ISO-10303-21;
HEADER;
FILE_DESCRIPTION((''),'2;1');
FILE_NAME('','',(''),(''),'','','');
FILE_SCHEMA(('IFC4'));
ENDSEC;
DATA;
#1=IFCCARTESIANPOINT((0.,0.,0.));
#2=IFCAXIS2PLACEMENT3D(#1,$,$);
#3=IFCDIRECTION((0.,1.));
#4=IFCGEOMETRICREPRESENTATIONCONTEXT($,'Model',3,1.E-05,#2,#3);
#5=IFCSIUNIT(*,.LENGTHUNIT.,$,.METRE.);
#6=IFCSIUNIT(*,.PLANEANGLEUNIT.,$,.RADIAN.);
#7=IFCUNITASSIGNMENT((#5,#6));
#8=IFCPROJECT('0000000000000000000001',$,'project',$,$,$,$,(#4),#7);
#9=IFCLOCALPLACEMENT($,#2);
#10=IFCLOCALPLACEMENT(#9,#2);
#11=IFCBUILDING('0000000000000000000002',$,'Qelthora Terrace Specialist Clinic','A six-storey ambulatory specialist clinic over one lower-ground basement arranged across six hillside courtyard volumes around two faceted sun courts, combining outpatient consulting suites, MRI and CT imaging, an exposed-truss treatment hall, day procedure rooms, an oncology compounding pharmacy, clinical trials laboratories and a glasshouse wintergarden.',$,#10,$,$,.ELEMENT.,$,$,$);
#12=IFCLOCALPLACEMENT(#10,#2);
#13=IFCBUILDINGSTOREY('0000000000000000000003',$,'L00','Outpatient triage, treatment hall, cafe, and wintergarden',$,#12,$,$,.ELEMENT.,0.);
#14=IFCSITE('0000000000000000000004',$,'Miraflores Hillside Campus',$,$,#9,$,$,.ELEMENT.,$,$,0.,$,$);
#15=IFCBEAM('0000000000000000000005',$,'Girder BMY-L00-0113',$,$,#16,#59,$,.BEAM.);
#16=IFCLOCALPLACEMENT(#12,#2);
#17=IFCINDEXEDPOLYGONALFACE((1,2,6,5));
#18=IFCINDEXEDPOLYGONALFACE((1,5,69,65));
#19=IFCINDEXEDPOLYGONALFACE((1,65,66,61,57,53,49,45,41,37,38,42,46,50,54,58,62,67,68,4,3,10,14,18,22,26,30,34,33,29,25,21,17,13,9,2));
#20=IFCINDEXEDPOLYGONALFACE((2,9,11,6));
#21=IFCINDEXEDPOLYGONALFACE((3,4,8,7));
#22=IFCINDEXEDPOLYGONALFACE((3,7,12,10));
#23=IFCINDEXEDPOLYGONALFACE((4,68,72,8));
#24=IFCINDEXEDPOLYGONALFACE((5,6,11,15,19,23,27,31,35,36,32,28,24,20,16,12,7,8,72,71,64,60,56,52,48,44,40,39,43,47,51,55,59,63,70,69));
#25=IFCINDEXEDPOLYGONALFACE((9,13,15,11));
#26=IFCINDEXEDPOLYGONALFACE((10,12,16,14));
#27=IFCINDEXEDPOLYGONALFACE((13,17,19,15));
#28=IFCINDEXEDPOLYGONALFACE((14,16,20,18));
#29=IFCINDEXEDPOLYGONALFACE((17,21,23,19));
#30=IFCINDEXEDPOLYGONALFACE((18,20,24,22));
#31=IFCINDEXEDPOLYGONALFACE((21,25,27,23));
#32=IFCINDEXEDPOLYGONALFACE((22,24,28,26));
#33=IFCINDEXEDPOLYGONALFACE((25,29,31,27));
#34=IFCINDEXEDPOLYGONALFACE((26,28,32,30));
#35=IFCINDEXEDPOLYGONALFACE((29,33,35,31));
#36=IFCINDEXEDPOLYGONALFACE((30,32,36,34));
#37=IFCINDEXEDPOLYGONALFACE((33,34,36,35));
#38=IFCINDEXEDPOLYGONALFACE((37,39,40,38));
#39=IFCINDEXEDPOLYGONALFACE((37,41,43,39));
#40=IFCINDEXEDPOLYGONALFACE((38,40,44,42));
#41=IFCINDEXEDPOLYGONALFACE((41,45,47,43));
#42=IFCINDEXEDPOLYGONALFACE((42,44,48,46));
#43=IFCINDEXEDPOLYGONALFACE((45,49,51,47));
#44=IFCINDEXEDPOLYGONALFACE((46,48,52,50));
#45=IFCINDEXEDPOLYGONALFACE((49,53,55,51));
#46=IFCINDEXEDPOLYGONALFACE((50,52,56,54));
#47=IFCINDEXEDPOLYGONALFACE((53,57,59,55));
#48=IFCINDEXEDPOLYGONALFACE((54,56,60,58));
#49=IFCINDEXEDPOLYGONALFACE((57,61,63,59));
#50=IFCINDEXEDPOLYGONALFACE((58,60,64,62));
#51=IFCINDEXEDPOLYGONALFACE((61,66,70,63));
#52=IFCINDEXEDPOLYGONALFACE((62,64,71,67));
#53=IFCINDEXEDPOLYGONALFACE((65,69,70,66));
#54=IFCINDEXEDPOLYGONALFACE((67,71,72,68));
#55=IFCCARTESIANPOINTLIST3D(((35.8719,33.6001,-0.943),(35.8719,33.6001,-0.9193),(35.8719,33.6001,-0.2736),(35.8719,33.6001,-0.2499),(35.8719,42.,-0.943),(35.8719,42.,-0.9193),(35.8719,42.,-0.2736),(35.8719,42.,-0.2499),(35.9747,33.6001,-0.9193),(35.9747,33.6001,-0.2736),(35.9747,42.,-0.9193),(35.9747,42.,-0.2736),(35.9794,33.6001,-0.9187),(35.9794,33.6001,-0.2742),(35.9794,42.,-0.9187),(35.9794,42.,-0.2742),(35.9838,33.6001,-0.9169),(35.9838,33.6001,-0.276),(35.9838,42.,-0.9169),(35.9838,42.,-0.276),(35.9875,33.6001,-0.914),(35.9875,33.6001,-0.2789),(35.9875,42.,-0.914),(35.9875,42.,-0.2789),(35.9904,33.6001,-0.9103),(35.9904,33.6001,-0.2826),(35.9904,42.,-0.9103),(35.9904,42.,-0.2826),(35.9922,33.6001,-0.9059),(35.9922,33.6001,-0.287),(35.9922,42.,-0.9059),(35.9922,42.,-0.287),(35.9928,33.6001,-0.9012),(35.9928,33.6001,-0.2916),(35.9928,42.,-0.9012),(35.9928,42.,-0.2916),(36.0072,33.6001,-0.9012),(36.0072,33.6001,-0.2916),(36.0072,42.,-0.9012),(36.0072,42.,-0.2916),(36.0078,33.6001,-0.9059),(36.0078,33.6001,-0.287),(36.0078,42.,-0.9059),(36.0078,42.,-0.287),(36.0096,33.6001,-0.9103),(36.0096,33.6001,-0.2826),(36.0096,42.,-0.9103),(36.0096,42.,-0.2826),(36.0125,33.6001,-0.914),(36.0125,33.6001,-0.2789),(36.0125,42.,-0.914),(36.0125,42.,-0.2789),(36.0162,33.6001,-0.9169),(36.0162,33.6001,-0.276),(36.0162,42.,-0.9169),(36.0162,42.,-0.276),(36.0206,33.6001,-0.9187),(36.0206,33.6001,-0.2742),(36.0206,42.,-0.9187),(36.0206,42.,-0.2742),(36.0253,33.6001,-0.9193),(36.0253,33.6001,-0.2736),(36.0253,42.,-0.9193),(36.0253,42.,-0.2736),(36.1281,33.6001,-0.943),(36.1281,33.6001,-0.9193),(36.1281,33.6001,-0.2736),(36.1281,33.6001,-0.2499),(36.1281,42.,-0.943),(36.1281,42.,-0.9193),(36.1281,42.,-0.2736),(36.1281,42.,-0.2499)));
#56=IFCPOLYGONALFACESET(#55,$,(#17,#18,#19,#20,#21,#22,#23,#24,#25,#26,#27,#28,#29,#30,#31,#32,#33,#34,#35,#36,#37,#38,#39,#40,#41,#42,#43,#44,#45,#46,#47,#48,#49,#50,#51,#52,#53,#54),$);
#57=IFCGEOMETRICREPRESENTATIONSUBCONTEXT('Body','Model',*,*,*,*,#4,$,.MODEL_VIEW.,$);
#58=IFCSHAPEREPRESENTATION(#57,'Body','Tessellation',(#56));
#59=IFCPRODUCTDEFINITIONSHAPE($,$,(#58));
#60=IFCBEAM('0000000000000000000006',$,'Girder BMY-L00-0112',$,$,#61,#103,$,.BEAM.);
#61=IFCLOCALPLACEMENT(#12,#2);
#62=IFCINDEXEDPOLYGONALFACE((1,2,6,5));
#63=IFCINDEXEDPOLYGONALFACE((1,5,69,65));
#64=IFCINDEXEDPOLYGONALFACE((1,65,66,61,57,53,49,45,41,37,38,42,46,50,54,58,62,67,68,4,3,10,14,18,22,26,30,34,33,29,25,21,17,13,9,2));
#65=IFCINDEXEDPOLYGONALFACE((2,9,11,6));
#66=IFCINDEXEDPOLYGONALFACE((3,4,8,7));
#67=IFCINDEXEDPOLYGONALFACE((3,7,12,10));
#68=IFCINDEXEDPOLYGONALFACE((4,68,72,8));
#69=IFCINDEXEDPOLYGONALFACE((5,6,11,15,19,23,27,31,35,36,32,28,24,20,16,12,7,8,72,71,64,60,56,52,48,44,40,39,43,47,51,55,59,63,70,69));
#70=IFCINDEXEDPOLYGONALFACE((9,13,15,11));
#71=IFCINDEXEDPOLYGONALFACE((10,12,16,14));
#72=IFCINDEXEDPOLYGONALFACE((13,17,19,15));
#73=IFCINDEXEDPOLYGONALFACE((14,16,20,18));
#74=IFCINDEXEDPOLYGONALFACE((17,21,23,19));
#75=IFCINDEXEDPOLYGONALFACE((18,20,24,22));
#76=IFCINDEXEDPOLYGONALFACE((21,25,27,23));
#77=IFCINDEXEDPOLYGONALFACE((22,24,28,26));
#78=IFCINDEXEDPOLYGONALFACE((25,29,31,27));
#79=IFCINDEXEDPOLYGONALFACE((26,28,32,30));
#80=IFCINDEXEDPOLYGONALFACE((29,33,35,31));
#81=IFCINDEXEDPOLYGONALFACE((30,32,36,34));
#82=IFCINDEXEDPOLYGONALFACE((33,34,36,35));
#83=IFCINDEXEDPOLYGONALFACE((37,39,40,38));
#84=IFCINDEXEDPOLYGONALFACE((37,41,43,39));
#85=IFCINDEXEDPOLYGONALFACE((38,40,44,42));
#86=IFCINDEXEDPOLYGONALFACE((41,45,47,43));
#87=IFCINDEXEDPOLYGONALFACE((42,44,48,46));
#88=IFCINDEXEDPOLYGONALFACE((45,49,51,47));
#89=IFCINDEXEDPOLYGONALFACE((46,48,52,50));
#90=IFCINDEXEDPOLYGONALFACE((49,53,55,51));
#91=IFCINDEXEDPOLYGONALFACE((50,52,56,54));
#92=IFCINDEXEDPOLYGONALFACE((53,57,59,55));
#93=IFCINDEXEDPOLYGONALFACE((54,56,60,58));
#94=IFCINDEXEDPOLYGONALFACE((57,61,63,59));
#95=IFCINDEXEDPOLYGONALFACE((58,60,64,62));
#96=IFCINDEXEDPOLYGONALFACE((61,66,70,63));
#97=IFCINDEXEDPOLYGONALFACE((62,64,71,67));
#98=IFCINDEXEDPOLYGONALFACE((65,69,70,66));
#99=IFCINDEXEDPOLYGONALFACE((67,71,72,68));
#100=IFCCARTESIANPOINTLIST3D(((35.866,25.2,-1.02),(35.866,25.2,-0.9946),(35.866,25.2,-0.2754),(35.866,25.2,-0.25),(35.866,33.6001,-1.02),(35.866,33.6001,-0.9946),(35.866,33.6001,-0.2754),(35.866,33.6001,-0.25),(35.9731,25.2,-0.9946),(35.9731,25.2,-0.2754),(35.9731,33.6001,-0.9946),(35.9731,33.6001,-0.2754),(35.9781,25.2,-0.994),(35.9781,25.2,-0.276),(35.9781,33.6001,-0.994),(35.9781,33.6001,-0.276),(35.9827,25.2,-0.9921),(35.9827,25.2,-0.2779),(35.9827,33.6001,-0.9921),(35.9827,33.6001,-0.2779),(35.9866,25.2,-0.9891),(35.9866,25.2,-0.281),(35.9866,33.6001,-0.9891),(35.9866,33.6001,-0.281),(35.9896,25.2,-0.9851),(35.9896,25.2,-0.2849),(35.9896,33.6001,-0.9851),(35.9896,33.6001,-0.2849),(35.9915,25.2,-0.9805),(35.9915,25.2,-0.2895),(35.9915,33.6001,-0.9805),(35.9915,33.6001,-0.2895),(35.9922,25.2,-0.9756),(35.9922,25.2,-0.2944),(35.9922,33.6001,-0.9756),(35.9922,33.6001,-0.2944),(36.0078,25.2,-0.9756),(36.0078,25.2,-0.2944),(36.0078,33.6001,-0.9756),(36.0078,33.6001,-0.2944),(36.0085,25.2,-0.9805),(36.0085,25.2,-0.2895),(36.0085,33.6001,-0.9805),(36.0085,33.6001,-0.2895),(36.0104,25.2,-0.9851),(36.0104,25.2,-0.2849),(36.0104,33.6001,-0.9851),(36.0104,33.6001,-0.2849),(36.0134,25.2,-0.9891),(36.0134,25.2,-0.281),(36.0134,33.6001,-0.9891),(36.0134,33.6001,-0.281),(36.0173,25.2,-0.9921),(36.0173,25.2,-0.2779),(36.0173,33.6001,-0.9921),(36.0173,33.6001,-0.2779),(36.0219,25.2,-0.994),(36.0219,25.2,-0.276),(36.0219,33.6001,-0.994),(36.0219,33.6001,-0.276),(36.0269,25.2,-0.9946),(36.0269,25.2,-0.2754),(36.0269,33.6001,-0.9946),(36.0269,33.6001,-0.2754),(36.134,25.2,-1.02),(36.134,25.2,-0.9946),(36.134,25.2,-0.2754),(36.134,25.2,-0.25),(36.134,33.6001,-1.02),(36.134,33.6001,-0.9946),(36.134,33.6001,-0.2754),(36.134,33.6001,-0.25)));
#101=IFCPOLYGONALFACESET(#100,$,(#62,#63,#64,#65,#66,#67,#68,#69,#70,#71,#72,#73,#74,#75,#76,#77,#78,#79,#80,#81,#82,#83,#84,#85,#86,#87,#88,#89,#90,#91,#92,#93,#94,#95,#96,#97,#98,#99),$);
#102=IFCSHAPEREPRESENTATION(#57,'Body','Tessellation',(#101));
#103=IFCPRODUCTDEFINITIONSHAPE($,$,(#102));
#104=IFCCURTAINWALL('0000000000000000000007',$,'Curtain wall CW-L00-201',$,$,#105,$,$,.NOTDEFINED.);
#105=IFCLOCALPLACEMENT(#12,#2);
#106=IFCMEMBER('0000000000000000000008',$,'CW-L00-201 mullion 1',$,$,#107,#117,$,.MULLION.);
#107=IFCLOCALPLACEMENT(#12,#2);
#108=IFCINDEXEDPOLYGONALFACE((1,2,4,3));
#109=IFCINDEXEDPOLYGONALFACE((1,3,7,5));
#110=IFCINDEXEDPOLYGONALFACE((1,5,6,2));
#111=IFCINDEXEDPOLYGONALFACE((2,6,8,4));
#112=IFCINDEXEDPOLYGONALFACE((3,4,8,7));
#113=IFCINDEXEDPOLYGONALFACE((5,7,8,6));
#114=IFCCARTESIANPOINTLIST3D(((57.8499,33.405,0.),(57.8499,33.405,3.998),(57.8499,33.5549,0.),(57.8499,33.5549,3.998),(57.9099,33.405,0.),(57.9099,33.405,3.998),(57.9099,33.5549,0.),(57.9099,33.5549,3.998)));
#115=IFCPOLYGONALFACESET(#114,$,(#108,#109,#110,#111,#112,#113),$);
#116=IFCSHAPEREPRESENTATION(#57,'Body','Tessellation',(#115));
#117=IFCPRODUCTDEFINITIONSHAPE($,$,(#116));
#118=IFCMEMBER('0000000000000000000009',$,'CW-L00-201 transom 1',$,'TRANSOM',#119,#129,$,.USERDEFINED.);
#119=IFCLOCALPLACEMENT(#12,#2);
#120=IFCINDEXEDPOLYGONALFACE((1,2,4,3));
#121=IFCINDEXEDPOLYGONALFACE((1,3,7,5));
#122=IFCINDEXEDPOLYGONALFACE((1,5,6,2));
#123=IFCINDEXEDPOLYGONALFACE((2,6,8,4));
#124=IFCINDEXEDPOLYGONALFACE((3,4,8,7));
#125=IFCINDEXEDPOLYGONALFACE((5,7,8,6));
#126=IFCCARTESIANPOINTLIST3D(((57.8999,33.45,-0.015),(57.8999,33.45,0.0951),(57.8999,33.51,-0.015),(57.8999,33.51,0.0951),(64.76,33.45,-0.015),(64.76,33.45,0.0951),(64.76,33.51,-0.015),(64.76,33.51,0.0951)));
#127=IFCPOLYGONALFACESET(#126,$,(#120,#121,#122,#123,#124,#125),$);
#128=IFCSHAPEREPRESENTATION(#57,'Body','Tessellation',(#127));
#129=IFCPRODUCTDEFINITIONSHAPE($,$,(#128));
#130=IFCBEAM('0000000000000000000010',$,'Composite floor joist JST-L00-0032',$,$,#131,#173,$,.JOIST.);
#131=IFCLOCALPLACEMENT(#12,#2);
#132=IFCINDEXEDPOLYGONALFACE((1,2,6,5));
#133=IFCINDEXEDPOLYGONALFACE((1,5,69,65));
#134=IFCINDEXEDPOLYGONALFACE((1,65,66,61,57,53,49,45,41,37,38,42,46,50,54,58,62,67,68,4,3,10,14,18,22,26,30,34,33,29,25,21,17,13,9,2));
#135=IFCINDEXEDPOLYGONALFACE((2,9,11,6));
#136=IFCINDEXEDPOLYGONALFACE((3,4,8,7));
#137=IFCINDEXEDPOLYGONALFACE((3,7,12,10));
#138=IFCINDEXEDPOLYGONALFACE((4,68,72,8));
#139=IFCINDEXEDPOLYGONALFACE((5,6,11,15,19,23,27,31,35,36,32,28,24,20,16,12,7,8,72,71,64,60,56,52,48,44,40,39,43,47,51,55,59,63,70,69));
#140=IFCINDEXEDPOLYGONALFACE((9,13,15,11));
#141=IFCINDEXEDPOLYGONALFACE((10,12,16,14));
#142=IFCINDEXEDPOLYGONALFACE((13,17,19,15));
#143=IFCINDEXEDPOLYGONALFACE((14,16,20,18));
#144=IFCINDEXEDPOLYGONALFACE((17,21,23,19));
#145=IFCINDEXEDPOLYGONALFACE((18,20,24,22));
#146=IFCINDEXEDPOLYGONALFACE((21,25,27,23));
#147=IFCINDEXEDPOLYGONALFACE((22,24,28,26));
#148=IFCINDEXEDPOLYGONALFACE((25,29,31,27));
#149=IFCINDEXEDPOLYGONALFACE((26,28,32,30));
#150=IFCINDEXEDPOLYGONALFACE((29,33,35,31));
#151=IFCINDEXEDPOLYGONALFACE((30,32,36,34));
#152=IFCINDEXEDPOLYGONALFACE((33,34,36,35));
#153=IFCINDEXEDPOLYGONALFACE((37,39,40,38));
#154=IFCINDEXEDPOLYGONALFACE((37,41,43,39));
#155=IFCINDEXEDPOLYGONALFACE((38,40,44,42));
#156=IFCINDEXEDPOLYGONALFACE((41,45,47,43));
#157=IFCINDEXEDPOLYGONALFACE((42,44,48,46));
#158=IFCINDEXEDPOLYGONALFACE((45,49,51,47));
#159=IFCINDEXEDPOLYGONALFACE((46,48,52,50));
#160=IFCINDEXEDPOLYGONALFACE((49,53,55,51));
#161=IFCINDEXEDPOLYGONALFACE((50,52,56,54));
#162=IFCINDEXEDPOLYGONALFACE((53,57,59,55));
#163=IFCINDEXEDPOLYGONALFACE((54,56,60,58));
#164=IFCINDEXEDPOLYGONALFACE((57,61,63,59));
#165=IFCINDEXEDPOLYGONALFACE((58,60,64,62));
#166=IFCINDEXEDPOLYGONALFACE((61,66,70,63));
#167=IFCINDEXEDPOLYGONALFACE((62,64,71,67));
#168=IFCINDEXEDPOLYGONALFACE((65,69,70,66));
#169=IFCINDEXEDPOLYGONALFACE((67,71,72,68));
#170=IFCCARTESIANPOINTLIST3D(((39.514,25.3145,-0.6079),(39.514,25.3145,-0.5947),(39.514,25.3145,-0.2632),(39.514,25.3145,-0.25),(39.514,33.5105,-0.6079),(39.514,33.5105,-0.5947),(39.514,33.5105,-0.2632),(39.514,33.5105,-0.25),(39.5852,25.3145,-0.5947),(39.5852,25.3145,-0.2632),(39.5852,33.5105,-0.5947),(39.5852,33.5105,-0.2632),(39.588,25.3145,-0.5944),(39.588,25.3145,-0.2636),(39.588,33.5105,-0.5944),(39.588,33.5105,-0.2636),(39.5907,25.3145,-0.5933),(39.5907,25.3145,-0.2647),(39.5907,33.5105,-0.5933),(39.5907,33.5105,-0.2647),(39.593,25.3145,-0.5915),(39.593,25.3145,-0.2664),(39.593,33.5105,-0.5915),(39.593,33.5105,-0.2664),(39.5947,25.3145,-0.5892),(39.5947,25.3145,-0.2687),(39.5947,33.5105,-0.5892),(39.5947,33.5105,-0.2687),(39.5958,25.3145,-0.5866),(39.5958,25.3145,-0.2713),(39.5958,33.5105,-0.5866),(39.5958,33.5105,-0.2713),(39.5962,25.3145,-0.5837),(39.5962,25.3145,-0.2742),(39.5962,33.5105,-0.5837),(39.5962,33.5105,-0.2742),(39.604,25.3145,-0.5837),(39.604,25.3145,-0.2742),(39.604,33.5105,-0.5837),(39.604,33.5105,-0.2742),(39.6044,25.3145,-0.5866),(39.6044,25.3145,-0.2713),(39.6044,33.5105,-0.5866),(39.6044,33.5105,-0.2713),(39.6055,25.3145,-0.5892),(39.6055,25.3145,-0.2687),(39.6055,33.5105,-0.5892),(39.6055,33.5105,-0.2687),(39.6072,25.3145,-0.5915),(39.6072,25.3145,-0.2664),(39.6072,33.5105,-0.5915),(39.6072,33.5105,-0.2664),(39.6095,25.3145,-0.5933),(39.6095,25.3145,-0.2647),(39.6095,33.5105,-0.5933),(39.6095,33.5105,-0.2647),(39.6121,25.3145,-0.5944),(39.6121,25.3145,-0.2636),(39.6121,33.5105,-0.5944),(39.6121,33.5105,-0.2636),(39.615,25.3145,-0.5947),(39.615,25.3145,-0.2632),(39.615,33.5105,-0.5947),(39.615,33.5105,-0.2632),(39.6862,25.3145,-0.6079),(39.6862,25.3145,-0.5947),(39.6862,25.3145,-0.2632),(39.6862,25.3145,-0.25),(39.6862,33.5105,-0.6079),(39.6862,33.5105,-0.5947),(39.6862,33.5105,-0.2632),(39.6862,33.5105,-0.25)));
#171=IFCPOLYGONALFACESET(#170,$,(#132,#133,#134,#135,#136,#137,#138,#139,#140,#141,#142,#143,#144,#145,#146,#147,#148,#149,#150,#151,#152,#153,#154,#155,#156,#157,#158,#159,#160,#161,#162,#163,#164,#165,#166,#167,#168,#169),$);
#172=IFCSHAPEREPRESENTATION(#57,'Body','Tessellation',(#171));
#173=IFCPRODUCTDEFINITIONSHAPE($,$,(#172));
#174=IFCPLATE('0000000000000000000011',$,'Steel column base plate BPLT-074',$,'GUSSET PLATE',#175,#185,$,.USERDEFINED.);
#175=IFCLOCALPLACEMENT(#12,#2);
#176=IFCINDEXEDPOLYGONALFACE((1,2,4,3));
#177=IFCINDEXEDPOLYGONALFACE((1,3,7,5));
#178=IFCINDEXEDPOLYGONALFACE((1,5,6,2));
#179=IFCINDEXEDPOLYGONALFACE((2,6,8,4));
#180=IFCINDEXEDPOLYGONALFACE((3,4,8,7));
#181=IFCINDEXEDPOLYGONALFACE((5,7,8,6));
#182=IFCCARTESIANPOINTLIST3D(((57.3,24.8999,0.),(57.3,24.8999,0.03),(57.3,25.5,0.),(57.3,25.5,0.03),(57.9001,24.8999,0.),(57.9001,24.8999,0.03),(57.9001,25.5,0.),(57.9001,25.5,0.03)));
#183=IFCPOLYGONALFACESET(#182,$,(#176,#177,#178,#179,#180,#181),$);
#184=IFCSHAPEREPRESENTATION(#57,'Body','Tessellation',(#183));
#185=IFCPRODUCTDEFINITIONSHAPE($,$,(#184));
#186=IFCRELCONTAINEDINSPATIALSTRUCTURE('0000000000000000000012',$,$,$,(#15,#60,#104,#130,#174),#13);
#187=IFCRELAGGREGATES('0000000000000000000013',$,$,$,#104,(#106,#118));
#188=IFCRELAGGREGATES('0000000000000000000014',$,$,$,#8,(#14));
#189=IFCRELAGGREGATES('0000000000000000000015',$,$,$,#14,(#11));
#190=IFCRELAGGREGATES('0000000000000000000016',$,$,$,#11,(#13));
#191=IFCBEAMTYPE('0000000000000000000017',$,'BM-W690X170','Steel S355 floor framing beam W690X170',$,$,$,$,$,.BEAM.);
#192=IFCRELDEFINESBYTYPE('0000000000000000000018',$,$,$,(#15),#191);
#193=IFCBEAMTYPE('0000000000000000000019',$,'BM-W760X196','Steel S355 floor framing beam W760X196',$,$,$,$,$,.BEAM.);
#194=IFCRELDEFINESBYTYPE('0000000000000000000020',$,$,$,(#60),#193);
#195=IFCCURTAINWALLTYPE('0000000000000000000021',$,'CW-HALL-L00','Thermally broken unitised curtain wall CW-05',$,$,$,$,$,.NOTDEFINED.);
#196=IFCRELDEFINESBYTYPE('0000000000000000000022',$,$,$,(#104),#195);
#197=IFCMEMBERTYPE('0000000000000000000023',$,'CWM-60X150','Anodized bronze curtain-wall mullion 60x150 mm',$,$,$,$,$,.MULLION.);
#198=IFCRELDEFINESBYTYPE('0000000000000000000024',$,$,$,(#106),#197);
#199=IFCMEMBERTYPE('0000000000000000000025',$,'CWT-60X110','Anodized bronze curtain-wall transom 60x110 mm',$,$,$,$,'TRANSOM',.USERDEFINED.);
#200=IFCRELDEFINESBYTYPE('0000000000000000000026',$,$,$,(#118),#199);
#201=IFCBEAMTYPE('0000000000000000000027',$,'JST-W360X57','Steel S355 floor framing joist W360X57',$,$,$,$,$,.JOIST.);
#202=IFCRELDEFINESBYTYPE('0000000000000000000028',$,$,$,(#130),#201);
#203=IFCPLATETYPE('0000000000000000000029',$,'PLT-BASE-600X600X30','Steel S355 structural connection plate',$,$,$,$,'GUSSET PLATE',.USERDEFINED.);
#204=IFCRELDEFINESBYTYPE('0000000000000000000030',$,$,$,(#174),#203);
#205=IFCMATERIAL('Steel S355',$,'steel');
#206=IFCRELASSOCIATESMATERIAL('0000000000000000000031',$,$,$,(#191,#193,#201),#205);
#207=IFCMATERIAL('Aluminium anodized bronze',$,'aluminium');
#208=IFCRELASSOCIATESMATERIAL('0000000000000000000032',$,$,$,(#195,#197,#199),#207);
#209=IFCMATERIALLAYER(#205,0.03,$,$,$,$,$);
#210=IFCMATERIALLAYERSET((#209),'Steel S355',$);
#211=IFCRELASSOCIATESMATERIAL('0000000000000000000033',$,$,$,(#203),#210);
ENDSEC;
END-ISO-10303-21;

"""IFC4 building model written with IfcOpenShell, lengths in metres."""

from ifc_helpers import new_model, si_unit, direction, frame, origin, origin_2d, place, context, subcontext, project, spatial, rectangle, i_section, extrude, material, layer, layer_set, material_profile, profile_set, type_object, element, aggregate, save


model = new_model("IFC4")

# Units and contexts
model_context = context("Model", 3, precision=1e-05, world=origin(), true_north=direction((0.0, 1.0)))
body_context = subcontext(model_context, "Body", "Model", "MODEL_VIEW")
ifc_project = project(units=[si_unit("LENGTHUNIT", "METRE"), si_unit("PLANEANGLEUNIT", "RADIAN")], contexts=[model_context])

# Site, building, storey
site_placement = place(None, origin())
site = spatial("IfcSite", under=ifc_project, at=site_placement, Name="Miraflores Hillside Campus", CompositionType="ELEMENT", RefElevation=0.0)
building_placement = place(site_placement, origin())
building = spatial("IfcBuilding", under=site, at=building_placement, Name="Qelthora Terrace Specialist Clinic", Description="A six-storey ambulatory specialist clinic over one lower-ground basement arranged across six hillside courtyard volumes around two faceted sun courts, combining outpatient consulting suites, MRI and CT imaging, an exposed-truss treatment hall, day procedure rooms, an oncology compounding pharmacy, clinical trials laboratories and a glasshouse wintergarden.", CompositionType="ELEMENT")
storey_placement = place(building_placement, origin())
storey = spatial("IfcBuildingStorey", under=building, at=storey_placement, Name="L00", Description="Outpatient triage, treatment hall, cafe, and wintergarden", CompositionType="ELEMENT", Elevation=0.0)

# Shared definitions
ifc_material_1 = material(Name="Steel S355", Category="steel")

# Beams
ifc_material_profile_1 = material_profile(ifc_material_1, i_section(OverallWidth=0.2561, OverallDepth=0.6931, WebThickness=0.0144, FlangeThickness=0.0237, FilletRadius=0.0181, at=origin_2d()), Name="W690X170")
ifc_profile_set_1 = profile_set([ifc_material_profile_1], Name="Steel S355")
beam_type_1 = type_object("IfcBeamType", Name="BM-W690X170", Description="Steel S355 floor framing beam W690X170", PredefinedType="BEAM", material=ifc_profile_set_1)
beam_1_placement = place(storey_placement, frame((36.0, 33.6001, -0.5964), z_axis=(0.0, 1.0, 0.0), x_axis=(-1.0, 0.0, 0.0)))
element("IfcBeam", 1, at=beam_1_placement, inside=storey, type_object=beam_type_1, Name="Girder BMY-L00-0113", PredefinedType="BEAM", context=body_context, shape_type="SweptSolid", body=[
    extrude(i_section(OverallWidth=0.2561, OverallDepth=0.6931, WebThickness=0.0144, FlangeThickness=0.0237, FilletRadius=0.0181, at=origin_2d()), origin(), (0.0, 0.0, 1.0), 8.3999),
])
ifc_material_profile_2 = material_profile(ifc_material_1, i_section(OverallWidth=0.2681, OverallDepth=0.77, WebThickness=0.0156, FlangeThickness=0.0254, FilletRadius=0.019, at=origin_2d()), Name="W760X196")
ifc_profile_set_2 = profile_set([ifc_material_profile_2], Name="Steel S355")
beam_type_2 = type_object("IfcBeamType", Name="BM-W760X196", Description="Steel S355 floor framing beam W760X196", PredefinedType="BEAM", material=ifc_profile_set_2)
beam_2_placement = place(storey_placement, frame((36.0, 25.2, -0.635), z_axis=(0.0, 1.0, 0.0), x_axis=(-1.0, 0.0, 0.0)))
element("IfcBeam", 2, at=beam_2_placement, inside=storey, type_object=beam_type_2, Name="Girder BMY-L00-0112", PredefinedType="BEAM", context=body_context, shape_type="SweptSolid", body=[
    extrude(i_section(OverallWidth=0.2681, OverallDepth=0.77, WebThickness=0.0156, FlangeThickness=0.0254, FilletRadius=0.019, at=origin_2d()), origin(), (0.0, 0.0, 1.0), 8.4001),
])

# Curtain wall, members
ifc_material_2 = material(Name="Aluminium anodized bronze", Category="aluminium")
curtain_wall_type = type_object("IfcCurtainWallType", Name="CW-HALL-L00", Description="Thermally broken unitised curtain wall CW-05", PredefinedType="NOTDEFINED", material=ifc_material_2)
curtain_wall_placement = place(storey_placement, origin())
curtain_wall = element("IfcCurtainWall", 3, at=curtain_wall_placement, inside=storey, type_object=curtain_wall_type, Name="Curtain wall CW-L00-201", PredefinedType="NOTDEFINED")
ifc_material_profile_3 = material_profile(ifc_material_2, rectangle(XDim=0.0601, YDim=0.1499, at=origin_2d()), Name="CWM60X150")
ifc_profile_set_3 = profile_set([ifc_material_profile_3], Name="Aluminium anodized bronze")
member_type_1 = type_object("IfcMemberType", Name="CWM-60X150", Description="Anodized bronze curtain-wall mullion 60x150 mm", PredefinedType="MULLION", material=ifc_profile_set_3)
member_1_placement = place(storey_placement, frame((57.8799, 33.48, 0.0), z_axis=(0.0, 0.0, 1.0), x_axis=(1.0, 0.0, 0.0)))
member_1 = element("IfcMember", 4, at=member_1_placement, type_object=member_type_1, Name="CW-L00-201 mullion 1", PredefinedType="MULLION", context=body_context, shape_type="SweptSolid", body=[
    extrude(rectangle(XDim=0.0601, YDim=0.1499, at=origin_2d()), origin(), (0.0, 0.0, 1.0), 3.998),
])
ifc_material_profile_4 = material_profile(ifc_material_2, rectangle(XDim=0.0601, YDim=0.1101, at=origin_2d()), Name="CWT60X110")
ifc_profile_set_4 = profile_set([ifc_material_profile_4], Name="Aluminium anodized bronze")
member_type_2 = type_object("IfcMemberType", Name="CWT-60X110", Description="Anodized bronze curtain-wall transom 60x110 mm", ElementType="TRANSOM", PredefinedType="USERDEFINED", material=ifc_profile_set_4)
member_2_placement = place(storey_placement, frame((57.8999, 33.48, 0.04), z_axis=(1.0, 0.0, 0.0), x_axis=(0.0, 1.0, 0.0)))
member_2 = element("IfcMember", 5, at=member_2_placement, type_object=member_type_2, Name="CW-L00-201 transom 1", ObjectType="TRANSOM", PredefinedType="USERDEFINED", context=body_context, shape_type="SweptSolid", body=[
    extrude(rectangle(XDim=0.0601, YDim=0.1101, at=origin_2d()), origin(), (0.0, 0.0, 1.0), 6.8601),
])
aggregate(curtain_wall, [member_1, member_2])

# Beam
ifc_material_profile_5 = material_profile(ifc_material_1, i_section(OverallWidth=0.1721, OverallDepth=0.3579, WebThickness=0.0078, FlangeThickness=0.0132, FilletRadius=0.011, at=origin_2d()), Name="W360X57")
ifc_profile_set_5 = profile_set([ifc_material_profile_5], Name="Steel S355")
beam_type_3 = type_object("IfcBeamType", Name="JST-W360X57", Description="Steel S355 floor framing joist W360X57", PredefinedType="JOIST", material=ifc_profile_set_5)
beam_3_placement = place(storey_placement, frame((39.6001, 25.3145, -0.429), z_axis=(0.0, 1.0, 0.0), x_axis=(-1.0, 0.0, 0.0)))
element("IfcBeam", 6, at=beam_3_placement, inside=storey, type_object=beam_type_3, Name="Composite floor joist JST-L00-0032", PredefinedType="JOIST", context=body_context, shape_type="SweptSolid", body=[
    extrude(i_section(OverallWidth=0.1721, OverallDepth=0.3579, WebThickness=0.0078, FlangeThickness=0.0132, FilletRadius=0.011, at=origin_2d()), origin(), (0.0, 0.0, 1.0), 8.196),
])

# Plate
ifc_layer_1 = layer(ifc_material_1, 0.03)
ifc_layer_set_1 = layer_set([ifc_layer_1], Name="Steel S355")
plate_type = type_object("IfcPlateType", Name="PLT-BASE-600X600X30", Description="Steel S355 structural connection plate", ElementType="GUSSET PLATE", PredefinedType="USERDEFINED", material=ifc_layer_set_1)
plate_placement = place(storey_placement, frame((57.6001, 25.2, 0.0), z_axis=(0.0, 0.0, 1.0), x_axis=(1.0, 0.0, 0.0)))
element("IfcPlate", 7, at=plate_placement, inside=storey, type_object=plate_type, Name="Steel column base plate BPLT-074", ObjectType="GUSSET PLATE", PredefinedType="USERDEFINED", context=body_context, shape_type="SweptSolid", body=[
    extrude(rectangle(XDim=0.6001, YDim=0.6001, at=origin_2d()), origin(), (0.0, 0.0, 1.0), 0.03),
])

save(model, "model.ifc")
